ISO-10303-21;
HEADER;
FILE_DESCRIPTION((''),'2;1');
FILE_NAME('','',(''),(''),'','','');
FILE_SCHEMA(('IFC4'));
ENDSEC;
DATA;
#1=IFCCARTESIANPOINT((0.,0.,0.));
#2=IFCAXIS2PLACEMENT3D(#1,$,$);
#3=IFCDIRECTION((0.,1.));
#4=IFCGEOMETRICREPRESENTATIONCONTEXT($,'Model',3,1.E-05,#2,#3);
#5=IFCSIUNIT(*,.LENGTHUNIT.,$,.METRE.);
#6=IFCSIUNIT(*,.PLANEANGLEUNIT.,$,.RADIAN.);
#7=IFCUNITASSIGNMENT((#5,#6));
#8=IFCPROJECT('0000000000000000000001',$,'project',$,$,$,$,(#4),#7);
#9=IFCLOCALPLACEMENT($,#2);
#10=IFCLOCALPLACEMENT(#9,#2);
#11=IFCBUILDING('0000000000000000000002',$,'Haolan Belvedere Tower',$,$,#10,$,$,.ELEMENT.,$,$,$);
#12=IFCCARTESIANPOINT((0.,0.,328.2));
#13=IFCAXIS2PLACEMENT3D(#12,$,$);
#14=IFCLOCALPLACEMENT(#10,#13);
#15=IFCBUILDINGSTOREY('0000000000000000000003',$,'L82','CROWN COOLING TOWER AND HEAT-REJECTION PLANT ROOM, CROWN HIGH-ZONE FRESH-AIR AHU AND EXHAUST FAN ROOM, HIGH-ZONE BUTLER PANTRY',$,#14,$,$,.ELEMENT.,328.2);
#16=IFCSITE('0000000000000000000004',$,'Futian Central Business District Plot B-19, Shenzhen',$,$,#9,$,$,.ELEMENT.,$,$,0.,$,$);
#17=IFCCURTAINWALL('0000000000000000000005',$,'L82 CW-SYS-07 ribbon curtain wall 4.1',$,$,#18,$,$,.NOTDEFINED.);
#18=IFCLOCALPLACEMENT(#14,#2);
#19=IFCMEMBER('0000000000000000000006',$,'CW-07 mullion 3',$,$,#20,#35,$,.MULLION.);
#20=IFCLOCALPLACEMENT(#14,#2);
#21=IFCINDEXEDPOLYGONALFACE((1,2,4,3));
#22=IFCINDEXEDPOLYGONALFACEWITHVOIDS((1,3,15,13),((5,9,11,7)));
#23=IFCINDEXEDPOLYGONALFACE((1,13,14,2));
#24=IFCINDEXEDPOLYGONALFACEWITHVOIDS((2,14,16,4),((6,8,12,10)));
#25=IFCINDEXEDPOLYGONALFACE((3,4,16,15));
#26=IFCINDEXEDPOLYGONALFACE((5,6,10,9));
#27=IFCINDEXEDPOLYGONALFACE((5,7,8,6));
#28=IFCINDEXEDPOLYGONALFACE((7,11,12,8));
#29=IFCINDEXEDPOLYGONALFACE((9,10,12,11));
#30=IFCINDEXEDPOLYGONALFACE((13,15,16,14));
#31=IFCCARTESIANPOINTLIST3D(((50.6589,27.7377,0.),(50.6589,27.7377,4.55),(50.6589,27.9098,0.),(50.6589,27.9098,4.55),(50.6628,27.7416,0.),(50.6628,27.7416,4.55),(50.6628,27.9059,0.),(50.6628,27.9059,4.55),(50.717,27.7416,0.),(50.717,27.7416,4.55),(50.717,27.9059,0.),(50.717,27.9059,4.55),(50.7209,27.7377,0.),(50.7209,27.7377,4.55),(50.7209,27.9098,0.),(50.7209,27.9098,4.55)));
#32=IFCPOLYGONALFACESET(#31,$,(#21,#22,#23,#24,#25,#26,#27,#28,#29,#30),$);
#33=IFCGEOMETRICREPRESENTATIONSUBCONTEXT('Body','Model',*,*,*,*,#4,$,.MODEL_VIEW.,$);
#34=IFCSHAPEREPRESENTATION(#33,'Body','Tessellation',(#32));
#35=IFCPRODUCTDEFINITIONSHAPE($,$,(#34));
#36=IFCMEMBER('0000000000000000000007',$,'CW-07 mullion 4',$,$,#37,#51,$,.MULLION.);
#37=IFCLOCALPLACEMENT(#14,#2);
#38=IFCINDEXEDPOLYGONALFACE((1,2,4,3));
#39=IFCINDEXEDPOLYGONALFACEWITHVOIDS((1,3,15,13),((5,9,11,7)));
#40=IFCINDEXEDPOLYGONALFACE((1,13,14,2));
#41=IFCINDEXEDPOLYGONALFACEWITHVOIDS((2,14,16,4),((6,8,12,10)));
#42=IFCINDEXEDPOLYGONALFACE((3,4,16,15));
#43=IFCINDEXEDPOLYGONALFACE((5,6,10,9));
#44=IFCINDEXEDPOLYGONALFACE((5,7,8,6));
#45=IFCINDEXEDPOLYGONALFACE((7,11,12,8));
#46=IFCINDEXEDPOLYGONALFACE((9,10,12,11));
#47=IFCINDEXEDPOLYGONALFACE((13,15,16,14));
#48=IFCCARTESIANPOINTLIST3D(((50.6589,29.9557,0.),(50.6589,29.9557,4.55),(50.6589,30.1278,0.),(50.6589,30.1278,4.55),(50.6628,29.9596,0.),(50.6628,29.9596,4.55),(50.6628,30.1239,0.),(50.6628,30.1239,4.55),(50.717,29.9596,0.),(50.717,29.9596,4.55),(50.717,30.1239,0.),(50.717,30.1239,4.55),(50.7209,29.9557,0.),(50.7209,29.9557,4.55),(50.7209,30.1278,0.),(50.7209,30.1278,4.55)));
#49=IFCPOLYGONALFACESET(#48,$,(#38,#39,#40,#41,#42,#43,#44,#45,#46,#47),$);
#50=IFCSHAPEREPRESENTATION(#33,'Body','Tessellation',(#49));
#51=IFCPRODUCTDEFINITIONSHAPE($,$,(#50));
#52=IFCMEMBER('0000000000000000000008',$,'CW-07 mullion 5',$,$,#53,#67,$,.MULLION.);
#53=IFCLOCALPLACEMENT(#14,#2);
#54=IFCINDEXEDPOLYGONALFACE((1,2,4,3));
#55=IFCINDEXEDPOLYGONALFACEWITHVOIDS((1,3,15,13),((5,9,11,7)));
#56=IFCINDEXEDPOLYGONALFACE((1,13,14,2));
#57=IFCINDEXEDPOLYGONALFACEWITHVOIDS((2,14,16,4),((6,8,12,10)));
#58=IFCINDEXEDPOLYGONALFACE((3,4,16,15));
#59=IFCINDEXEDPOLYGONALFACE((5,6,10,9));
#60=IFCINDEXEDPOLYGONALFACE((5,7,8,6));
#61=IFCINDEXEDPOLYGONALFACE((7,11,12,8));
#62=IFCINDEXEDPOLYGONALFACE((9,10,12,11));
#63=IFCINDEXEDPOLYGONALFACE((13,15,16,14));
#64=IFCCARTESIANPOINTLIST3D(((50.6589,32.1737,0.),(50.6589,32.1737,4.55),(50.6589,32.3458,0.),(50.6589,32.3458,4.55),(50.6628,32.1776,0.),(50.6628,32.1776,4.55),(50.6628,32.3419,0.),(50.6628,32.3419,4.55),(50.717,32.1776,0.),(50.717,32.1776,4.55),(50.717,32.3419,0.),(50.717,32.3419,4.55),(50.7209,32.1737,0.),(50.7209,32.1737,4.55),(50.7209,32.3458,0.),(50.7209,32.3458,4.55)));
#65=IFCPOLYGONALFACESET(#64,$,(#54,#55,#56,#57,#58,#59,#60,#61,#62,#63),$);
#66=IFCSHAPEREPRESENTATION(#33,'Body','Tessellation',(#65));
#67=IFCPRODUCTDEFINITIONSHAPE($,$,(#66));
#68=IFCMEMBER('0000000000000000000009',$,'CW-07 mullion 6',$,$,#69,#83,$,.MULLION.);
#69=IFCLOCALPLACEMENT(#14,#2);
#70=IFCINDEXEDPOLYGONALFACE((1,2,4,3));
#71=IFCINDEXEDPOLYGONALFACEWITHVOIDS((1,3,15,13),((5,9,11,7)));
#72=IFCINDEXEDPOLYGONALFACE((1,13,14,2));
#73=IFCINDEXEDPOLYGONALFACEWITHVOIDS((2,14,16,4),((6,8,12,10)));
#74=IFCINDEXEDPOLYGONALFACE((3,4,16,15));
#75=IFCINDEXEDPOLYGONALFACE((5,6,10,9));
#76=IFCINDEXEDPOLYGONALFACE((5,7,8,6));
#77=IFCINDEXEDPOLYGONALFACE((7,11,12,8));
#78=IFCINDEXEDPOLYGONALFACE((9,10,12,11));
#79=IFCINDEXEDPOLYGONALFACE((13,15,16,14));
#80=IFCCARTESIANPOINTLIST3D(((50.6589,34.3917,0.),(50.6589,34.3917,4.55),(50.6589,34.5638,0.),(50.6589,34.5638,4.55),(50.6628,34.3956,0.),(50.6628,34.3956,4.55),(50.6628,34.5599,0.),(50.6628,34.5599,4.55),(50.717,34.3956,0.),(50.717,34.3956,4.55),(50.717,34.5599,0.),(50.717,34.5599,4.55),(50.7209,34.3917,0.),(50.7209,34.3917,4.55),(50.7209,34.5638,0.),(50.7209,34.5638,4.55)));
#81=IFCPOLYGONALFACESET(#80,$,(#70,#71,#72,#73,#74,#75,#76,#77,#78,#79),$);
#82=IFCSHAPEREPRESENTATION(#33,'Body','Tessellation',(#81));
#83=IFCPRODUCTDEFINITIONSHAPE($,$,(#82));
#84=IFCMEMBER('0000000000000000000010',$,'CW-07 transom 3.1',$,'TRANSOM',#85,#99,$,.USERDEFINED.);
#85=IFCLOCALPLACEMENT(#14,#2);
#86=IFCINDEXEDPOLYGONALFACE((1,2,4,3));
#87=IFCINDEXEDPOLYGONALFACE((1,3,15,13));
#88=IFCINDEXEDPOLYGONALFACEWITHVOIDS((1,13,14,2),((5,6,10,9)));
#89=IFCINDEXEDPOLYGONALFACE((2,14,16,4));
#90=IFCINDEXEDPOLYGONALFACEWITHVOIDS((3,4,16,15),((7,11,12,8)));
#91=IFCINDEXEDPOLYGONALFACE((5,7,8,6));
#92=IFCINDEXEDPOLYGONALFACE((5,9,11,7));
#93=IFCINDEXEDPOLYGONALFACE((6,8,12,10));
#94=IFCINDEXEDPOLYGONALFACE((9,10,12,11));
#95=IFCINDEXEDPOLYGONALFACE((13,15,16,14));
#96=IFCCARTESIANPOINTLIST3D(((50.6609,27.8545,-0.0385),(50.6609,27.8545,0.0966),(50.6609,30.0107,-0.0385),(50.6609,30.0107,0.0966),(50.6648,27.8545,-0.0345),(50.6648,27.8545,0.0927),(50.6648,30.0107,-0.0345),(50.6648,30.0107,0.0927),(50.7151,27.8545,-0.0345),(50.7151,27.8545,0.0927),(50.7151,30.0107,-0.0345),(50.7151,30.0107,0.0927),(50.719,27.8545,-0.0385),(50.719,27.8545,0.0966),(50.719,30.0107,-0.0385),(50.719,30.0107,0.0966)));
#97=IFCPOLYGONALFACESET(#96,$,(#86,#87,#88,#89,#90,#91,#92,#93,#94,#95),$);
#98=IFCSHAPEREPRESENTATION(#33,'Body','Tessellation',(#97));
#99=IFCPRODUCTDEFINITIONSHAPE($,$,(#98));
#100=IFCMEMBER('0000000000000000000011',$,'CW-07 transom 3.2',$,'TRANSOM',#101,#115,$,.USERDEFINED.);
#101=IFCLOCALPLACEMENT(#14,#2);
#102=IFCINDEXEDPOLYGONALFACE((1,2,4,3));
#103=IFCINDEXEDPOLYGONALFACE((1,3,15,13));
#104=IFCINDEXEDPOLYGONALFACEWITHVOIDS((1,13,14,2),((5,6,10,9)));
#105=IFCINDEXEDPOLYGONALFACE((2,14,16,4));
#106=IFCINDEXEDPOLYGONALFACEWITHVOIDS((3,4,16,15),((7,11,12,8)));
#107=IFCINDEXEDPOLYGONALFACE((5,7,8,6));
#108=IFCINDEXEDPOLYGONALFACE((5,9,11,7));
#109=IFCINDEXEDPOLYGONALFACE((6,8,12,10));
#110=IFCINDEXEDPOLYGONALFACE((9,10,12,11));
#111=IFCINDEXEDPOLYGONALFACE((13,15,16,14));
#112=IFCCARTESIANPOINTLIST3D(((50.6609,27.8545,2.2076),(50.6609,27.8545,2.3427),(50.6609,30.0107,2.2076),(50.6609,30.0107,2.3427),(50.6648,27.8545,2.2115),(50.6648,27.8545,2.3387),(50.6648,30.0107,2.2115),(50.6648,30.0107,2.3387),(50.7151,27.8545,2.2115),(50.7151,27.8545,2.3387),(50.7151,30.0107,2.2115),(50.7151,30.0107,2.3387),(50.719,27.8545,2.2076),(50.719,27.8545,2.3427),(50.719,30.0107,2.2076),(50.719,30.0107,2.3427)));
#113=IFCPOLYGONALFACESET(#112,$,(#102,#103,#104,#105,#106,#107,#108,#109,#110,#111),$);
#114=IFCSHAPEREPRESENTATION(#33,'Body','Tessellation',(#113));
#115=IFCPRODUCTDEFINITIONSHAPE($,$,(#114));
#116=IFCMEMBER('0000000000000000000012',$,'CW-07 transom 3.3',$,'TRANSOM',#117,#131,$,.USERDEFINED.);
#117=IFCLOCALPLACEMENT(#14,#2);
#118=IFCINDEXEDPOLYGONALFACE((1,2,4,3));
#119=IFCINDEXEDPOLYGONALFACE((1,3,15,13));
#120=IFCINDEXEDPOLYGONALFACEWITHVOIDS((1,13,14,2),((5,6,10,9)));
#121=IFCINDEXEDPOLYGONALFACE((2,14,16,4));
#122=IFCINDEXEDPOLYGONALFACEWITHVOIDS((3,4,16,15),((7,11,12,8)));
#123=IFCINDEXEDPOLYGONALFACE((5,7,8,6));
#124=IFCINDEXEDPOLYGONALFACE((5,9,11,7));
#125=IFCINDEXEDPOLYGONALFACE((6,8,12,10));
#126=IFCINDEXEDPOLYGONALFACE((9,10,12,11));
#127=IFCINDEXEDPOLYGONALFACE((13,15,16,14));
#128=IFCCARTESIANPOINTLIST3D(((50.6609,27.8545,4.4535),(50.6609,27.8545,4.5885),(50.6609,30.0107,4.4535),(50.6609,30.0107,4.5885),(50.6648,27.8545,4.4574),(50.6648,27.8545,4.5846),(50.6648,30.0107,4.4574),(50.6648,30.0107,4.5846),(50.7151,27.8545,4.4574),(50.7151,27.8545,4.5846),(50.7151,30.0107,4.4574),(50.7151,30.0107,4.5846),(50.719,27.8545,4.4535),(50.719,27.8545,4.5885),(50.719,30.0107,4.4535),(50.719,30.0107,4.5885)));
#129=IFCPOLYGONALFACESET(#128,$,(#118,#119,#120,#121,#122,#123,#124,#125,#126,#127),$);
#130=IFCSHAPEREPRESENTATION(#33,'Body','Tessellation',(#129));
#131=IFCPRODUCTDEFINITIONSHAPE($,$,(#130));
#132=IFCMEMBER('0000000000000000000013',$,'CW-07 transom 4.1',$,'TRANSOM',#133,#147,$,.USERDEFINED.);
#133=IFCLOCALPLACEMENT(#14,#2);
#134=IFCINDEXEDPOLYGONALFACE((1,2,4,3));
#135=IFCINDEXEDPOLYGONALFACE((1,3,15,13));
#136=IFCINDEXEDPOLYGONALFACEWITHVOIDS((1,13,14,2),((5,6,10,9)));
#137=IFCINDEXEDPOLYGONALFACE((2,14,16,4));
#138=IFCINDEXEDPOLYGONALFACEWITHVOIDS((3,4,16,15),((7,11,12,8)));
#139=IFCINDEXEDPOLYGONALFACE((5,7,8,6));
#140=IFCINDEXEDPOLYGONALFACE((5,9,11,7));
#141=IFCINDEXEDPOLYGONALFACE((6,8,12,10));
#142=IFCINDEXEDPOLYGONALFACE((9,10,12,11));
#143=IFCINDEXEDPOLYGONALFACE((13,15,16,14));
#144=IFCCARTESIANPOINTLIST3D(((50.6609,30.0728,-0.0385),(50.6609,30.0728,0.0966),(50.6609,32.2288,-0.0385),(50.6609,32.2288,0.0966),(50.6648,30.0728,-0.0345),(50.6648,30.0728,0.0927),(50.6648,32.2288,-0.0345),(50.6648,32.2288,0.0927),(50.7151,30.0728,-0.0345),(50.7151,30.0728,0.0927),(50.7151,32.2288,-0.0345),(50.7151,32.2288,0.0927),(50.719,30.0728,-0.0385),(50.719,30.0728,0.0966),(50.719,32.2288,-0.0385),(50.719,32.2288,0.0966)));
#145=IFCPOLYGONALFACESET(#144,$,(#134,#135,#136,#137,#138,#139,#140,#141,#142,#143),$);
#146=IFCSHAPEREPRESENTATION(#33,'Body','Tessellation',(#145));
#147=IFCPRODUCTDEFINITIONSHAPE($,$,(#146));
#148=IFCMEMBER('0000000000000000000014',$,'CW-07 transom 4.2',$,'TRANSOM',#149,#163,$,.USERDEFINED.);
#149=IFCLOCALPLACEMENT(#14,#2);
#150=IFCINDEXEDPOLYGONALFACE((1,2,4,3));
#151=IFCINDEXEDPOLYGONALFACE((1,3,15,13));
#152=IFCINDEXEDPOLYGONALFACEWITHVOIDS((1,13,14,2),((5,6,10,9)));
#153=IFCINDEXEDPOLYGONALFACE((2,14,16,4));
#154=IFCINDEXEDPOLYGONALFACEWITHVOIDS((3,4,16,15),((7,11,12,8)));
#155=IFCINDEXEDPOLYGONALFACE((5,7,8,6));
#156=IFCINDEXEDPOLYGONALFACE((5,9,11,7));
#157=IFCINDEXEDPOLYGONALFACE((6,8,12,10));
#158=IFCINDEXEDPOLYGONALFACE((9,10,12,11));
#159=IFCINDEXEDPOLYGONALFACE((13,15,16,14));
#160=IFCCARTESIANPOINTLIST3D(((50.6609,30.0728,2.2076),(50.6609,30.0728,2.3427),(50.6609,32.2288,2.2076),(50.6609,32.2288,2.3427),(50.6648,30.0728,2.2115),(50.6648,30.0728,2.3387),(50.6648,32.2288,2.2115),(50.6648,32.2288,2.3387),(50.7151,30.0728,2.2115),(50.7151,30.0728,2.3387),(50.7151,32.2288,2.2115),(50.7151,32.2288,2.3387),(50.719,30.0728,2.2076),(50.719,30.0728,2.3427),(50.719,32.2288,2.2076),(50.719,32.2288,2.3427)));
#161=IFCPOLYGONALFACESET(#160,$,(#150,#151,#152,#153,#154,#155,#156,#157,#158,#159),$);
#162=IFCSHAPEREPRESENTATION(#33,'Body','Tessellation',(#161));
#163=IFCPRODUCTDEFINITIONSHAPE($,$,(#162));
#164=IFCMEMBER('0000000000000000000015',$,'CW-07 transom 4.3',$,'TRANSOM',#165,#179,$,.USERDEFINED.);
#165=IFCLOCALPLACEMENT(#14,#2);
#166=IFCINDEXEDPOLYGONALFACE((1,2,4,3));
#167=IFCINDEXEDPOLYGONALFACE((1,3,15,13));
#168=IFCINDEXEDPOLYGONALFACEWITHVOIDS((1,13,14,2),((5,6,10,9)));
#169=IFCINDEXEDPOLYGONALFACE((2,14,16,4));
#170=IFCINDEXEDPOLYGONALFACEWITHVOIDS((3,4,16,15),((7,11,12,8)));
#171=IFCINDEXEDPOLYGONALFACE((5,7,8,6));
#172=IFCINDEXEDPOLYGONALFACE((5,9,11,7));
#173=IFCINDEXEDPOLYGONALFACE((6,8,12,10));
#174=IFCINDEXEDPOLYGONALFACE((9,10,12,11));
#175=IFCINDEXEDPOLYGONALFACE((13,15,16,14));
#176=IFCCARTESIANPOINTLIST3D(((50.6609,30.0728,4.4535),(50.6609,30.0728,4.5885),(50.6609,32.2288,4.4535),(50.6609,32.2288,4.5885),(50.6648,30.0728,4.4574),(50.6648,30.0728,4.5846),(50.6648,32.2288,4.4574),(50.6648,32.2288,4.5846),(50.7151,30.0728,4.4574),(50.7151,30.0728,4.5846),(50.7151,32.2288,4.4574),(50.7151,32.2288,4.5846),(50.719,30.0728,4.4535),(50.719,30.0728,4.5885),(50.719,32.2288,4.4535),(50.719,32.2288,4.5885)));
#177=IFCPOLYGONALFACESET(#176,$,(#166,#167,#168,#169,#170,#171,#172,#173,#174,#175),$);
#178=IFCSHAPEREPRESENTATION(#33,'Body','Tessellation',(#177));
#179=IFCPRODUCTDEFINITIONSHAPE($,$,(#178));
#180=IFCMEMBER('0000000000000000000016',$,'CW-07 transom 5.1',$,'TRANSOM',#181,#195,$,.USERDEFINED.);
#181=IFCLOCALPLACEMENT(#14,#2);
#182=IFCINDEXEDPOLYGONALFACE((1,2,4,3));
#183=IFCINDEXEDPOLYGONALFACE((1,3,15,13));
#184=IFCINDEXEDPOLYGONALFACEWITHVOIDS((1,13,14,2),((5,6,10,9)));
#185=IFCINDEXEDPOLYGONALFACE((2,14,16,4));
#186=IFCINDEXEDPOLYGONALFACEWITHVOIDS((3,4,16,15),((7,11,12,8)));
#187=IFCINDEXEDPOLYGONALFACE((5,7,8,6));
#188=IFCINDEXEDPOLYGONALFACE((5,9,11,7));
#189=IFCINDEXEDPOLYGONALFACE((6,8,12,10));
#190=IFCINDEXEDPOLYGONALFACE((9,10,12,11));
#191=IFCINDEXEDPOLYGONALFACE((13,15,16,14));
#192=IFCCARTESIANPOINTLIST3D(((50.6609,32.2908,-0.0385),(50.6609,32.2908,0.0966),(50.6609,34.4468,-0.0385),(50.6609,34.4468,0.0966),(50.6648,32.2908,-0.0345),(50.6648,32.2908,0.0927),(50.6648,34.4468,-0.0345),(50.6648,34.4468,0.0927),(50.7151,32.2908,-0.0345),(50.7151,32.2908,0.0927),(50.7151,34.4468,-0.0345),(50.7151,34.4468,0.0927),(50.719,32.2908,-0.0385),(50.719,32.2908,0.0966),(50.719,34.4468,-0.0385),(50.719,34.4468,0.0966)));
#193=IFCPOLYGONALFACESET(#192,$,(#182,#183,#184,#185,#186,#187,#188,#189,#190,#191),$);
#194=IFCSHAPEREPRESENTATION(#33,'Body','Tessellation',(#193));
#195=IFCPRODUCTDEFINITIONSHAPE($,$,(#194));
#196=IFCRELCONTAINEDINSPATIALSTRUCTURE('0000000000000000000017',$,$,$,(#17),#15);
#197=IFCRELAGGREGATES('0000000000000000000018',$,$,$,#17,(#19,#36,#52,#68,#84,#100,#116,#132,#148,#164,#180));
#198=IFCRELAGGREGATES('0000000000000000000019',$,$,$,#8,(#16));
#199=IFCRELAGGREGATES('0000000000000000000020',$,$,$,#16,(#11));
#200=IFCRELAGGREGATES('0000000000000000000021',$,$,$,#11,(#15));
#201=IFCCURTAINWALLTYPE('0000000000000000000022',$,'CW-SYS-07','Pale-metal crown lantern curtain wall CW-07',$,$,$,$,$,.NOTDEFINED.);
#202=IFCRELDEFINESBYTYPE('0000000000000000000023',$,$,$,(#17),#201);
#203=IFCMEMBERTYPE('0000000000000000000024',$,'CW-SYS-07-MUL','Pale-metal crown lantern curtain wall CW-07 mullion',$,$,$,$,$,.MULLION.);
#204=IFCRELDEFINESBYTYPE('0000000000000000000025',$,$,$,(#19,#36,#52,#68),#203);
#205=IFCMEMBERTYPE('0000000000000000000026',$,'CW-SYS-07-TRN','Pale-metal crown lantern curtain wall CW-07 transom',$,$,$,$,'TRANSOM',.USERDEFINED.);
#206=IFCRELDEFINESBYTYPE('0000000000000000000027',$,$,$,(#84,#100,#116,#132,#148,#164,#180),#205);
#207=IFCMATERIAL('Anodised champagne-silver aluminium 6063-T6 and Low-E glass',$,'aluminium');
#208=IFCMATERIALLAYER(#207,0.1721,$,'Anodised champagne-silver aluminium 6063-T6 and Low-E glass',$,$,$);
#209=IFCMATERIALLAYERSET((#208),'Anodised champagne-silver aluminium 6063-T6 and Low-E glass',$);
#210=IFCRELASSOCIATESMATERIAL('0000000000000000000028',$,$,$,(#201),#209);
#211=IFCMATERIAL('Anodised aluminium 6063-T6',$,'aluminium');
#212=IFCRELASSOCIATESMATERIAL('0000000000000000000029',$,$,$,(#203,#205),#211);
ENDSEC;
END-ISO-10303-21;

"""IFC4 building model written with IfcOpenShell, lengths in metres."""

from ifc_helpers import new_model, si_unit, direction, frame, origin, origin_2d, place, context, subcontext, project, spatial, hollow_rectangle, extrude, material, layer, layer_set, material_profile, profile_set, type_object, element, aggregate, save


model = new_model("IFC4")

# Units and contexts
model_context = context("Model", 3, precision=1e-05, world=origin(), true_north=direction((0.0, 1.0)))
body_context = subcontext(model_context, "Body", "Model", "MODEL_VIEW")
ifc_project = project(units=[si_unit("LENGTHUNIT", "METRE"), si_unit("PLANEANGLEUNIT", "RADIAN")], contexts=[model_context])

# Site, building, storey
site_placement = place(None, origin())
site = spatial("IfcSite", under=ifc_project, at=site_placement, Name="Futian Central Business District Plot B-19, Shenzhen", CompositionType="ELEMENT", RefElevation=0.0)
building_placement = place(site_placement, origin())
building = spatial("IfcBuilding", under=site, at=building_placement, Name="Haolan Belvedere Tower", CompositionType="ELEMENT")
storey_placement = place(building_placement, frame((0.0, 0.0, 328.2)))
storey = spatial("IfcBuildingStorey", under=building, at=storey_placement, Name="L82", Description="CROWN COOLING TOWER AND HEAT-REJECTION PLANT ROOM, CROWN HIGH-ZONE FRESH-AIR AHU AND EXHAUST FAN ROOM, HIGH-ZONE BUTLER PANTRY", CompositionType="ELEMENT", Elevation=328.2)

# Curtain wall, members
ifc_material_1 = material(Name="Anodised champagne-silver aluminium 6063-T6 and Low-E glass", Category="aluminium")
ifc_layer_1 = layer(ifc_material_1, 0.1721, Name="Anodised champagne-silver aluminium 6063-T6 and Low-E glass")
ifc_layer_set_1 = layer_set([ifc_layer_1], Name="Anodised champagne-silver aluminium 6063-T6 and Low-E glass")
curtain_wall_type = type_object("IfcCurtainWallType", Name="CW-SYS-07", Description="Pale-metal crown lantern curtain wall CW-07", PredefinedType="NOTDEFINED", material=ifc_layer_set_1)
curtain_wall_placement = place(storey_placement, origin())
curtain_wall = element("IfcCurtainWall", 1, at=curtain_wall_placement, inside=storey, type_object=curtain_wall_type, Name="L82 CW-SYS-07 ribbon curtain wall 4.1", PredefinedType="NOTDEFINED")
ifc_material_2 = material(Name="Anodised aluminium 6063-T6", Category="aluminium")
ifc_material_profile_1 = material_profile(ifc_material_2, hollow_rectangle(XDim=0.062, YDim=0.1721, WallThickness=0.0039, at=origin_2d()), Name="Anodised aluminium 6063-T6")
ifc_profile_set_1 = profile_set([ifc_material_profile_1], Name="Anodised aluminium 6063-T6")
member_type_1 = type_object("IfcMemberType", Name="CW-SYS-07-MUL", Description="Pale-metal crown lantern curtain wall CW-07 mullion", PredefinedType="MULLION", material=ifc_profile_set_1)
member_1_placement = place(storey_placement, frame((50.6899, 27.8237, 0.0), z_axis=(0.0, 0.0, 1.0), x_axis=(-1.0, 0.0, 0.0)))
member_1 = element("IfcMember", 2, at=member_1_placement, type_object=member_type_1, Name="CW-07 mullion 3", PredefinedType="MULLION", context=body_context, shape_type="SweptSolid", body=[
    extrude(hollow_rectangle(XDim=0.062, YDim=0.1721, WallThickness=0.0039, at=origin_2d()), origin(), (0.0, 0.0, 1.0), 4.55),
])
member_2_placement = place(storey_placement, frame((50.6899, 30.0417, 0.0), z_axis=(0.0, 0.0, 1.0), x_axis=(-1.0, 0.0, 0.0)))
member_2 = element("IfcMember", 3, at=member_2_placement, type_object=member_type_1, Name="CW-07 mullion 4", PredefinedType="MULLION", context=body_context, shape_type="SweptSolid", body=[
    extrude(hollow_rectangle(XDim=0.062, YDim=0.1721, WallThickness=0.0039, at=origin_2d()), origin(), (0.0, 0.0, 1.0), 4.55),
])
member_3_placement = place(storey_placement, frame((50.6899, 32.2598, 0.0), z_axis=(0.0, 0.0, 1.0), x_axis=(-1.0, 0.0, 0.0)))
member_3 = element("IfcMember", 4, at=member_3_placement, type_object=member_type_1, Name="CW-07 mullion 5", PredefinedType="MULLION", context=body_context, shape_type="SweptSolid", body=[
    extrude(hollow_rectangle(XDim=0.062, YDim=0.1721, WallThickness=0.0039, at=origin_2d()), origin(), (0.0, 0.0, 1.0), 4.55),
])
member_4_placement = place(storey_placement, frame((50.6899, 34.4778, 0.0), z_axis=(0.0, 0.0, 1.0), x_axis=(-1.0, 0.0, 0.0)))
member_4 = element("IfcMember", 5, at=member_4_placement, type_object=member_type_1, Name="CW-07 mullion 6", PredefinedType="MULLION", context=body_context, shape_type="SweptSolid", body=[
    extrude(hollow_rectangle(XDim=0.062, YDim=0.1721, WallThickness=0.0039, at=origin_2d()), origin(), (0.0, 0.0, 1.0), 4.55),
])
ifc_material_profile_2 = material_profile(ifc_material_2, hollow_rectangle(XDim=0.0581, YDim=0.135, WallThickness=0.0039, at=origin_2d()), Name="Anodised aluminium 6063-T6")
ifc_profile_set_2 = profile_set([ifc_material_profile_2], Name="Anodised aluminium 6063-T6")
member_type_2 = type_object("IfcMemberType", Name="CW-SYS-07-TRN", Description="Pale-metal crown lantern curtain wall CW-07 transom", ElementType="TRANSOM", PredefinedType="USERDEFINED", material=ifc_profile_set_2)
member_5_placement = place(storey_placement, frame((50.6899, 27.8545, 0.0291), z_axis=(0.0, 1.0, 0.0), x_axis=(-1.0, 0.0, 0.0)))
member_5 = element("IfcMember", 6, at=member_5_placement, type_object=member_type_2, Name="CW-07 transom 3.1", ObjectType="TRANSOM", PredefinedType="USERDEFINED", context=body_context, shape_type="SweptSolid", body=[
    extrude(hollow_rectangle(XDim=0.0581, YDim=0.135, WallThickness=0.0039, at=origin_2d()), origin(), (0.0, 0.0, 1.0), 2.1562),
])
member_6_placement = place(storey_placement, frame((50.6899, 27.8545, 2.2751), z_axis=(0.0, 1.0, 0.0), x_axis=(-1.0, 0.0, 0.0)))
member_6 = element("IfcMember", 7, at=member_6_placement, type_object=member_type_2, Name="CW-07 transom 3.2", ObjectType="TRANSOM", PredefinedType="USERDEFINED", context=body_context, shape_type="SweptSolid", body=[
    extrude(hollow_rectangle(XDim=0.0581, YDim=0.135, WallThickness=0.0039, at=origin_2d()), origin(), (0.0, 0.0, 1.0), 2.1562),
])
member_7_placement = place(storey_placement, frame((50.6899, 27.8545, 4.521), z_axis=(0.0, 1.0, 0.0), x_axis=(-1.0, 0.0, 0.0)))
member_7 = element("IfcMember", 8, at=member_7_placement, type_object=member_type_2, Name="CW-07 transom 3.3", ObjectType="TRANSOM", PredefinedType="USERDEFINED", context=body_context, shape_type="SweptSolid", body=[
    extrude(hollow_rectangle(XDim=0.0581, YDim=0.135, WallThickness=0.0039, at=origin_2d()), origin(), (0.0, 0.0, 1.0), 2.1562),
])
member_8_placement = place(storey_placement, frame((50.6899, 30.0728, 0.0291), z_axis=(0.0, 1.0, 0.0), x_axis=(-1.0, 0.0, 0.0)))
member_8 = element("IfcMember", 9, at=member_8_placement, type_object=member_type_2, Name="CW-07 transom 4.1", ObjectType="TRANSOM", PredefinedType="USERDEFINED", context=body_context, shape_type="SweptSolid", body=[
    extrude(hollow_rectangle(XDim=0.0581, YDim=0.135, WallThickness=0.0039, at=origin_2d()), origin(), (0.0, 0.0, 1.0), 2.156),
])
member_9_placement = place(storey_placement, frame((50.6899, 30.0728, 2.2751), z_axis=(0.0, 1.0, 0.0), x_axis=(-1.0, 0.0, 0.0)))
member_9 = element("IfcMember", 10, at=member_9_placement, type_object=member_type_2, Name="CW-07 transom 4.2", ObjectType="TRANSOM", PredefinedType="USERDEFINED", context=body_context, shape_type="SweptSolid", body=[
    extrude(hollow_rectangle(XDim=0.0581, YDim=0.135, WallThickness=0.0039, at=origin_2d()), origin(), (0.0, 0.0, 1.0), 2.156),
])
member_10_placement = place(storey_placement, frame((50.6899, 30.0728, 4.521), z_axis=(0.0, 1.0, 0.0), x_axis=(-1.0, 0.0, 0.0)))
member_10 = element("IfcMember", 11, at=member_10_placement, type_object=member_type_2, Name="CW-07 transom 4.3", ObjectType="TRANSOM", PredefinedType="USERDEFINED", context=body_context, shape_type="SweptSolid", body=[
    extrude(hollow_rectangle(XDim=0.0581, YDim=0.135, WallThickness=0.0039, at=origin_2d()), origin(), (0.0, 0.0, 1.0), 2.156),
])
member_11_placement = place(storey_placement, frame((50.6899, 32.2908, 0.0291), z_axis=(0.0, 1.0, 0.0), x_axis=(-1.0, 0.0, 0.0)))
member_11 = element("IfcMember", 12, at=member_11_placement, type_object=member_type_2, Name="CW-07 transom 5.1", ObjectType="TRANSOM", PredefinedType="USERDEFINED", context=body_context, shape_type="SweptSolid", body=[
    extrude(hollow_rectangle(XDim=0.0581, YDim=0.135, WallThickness=0.0039, at=origin_2d()), origin(), (0.0, 0.0, 1.0), 2.156),
])
aggregate(curtain_wall, [member_1, member_2, member_3, member_4, member_5, member_6, member_7, member_8, member_9, member_10, member_11])

save(model, "model.ifc")
